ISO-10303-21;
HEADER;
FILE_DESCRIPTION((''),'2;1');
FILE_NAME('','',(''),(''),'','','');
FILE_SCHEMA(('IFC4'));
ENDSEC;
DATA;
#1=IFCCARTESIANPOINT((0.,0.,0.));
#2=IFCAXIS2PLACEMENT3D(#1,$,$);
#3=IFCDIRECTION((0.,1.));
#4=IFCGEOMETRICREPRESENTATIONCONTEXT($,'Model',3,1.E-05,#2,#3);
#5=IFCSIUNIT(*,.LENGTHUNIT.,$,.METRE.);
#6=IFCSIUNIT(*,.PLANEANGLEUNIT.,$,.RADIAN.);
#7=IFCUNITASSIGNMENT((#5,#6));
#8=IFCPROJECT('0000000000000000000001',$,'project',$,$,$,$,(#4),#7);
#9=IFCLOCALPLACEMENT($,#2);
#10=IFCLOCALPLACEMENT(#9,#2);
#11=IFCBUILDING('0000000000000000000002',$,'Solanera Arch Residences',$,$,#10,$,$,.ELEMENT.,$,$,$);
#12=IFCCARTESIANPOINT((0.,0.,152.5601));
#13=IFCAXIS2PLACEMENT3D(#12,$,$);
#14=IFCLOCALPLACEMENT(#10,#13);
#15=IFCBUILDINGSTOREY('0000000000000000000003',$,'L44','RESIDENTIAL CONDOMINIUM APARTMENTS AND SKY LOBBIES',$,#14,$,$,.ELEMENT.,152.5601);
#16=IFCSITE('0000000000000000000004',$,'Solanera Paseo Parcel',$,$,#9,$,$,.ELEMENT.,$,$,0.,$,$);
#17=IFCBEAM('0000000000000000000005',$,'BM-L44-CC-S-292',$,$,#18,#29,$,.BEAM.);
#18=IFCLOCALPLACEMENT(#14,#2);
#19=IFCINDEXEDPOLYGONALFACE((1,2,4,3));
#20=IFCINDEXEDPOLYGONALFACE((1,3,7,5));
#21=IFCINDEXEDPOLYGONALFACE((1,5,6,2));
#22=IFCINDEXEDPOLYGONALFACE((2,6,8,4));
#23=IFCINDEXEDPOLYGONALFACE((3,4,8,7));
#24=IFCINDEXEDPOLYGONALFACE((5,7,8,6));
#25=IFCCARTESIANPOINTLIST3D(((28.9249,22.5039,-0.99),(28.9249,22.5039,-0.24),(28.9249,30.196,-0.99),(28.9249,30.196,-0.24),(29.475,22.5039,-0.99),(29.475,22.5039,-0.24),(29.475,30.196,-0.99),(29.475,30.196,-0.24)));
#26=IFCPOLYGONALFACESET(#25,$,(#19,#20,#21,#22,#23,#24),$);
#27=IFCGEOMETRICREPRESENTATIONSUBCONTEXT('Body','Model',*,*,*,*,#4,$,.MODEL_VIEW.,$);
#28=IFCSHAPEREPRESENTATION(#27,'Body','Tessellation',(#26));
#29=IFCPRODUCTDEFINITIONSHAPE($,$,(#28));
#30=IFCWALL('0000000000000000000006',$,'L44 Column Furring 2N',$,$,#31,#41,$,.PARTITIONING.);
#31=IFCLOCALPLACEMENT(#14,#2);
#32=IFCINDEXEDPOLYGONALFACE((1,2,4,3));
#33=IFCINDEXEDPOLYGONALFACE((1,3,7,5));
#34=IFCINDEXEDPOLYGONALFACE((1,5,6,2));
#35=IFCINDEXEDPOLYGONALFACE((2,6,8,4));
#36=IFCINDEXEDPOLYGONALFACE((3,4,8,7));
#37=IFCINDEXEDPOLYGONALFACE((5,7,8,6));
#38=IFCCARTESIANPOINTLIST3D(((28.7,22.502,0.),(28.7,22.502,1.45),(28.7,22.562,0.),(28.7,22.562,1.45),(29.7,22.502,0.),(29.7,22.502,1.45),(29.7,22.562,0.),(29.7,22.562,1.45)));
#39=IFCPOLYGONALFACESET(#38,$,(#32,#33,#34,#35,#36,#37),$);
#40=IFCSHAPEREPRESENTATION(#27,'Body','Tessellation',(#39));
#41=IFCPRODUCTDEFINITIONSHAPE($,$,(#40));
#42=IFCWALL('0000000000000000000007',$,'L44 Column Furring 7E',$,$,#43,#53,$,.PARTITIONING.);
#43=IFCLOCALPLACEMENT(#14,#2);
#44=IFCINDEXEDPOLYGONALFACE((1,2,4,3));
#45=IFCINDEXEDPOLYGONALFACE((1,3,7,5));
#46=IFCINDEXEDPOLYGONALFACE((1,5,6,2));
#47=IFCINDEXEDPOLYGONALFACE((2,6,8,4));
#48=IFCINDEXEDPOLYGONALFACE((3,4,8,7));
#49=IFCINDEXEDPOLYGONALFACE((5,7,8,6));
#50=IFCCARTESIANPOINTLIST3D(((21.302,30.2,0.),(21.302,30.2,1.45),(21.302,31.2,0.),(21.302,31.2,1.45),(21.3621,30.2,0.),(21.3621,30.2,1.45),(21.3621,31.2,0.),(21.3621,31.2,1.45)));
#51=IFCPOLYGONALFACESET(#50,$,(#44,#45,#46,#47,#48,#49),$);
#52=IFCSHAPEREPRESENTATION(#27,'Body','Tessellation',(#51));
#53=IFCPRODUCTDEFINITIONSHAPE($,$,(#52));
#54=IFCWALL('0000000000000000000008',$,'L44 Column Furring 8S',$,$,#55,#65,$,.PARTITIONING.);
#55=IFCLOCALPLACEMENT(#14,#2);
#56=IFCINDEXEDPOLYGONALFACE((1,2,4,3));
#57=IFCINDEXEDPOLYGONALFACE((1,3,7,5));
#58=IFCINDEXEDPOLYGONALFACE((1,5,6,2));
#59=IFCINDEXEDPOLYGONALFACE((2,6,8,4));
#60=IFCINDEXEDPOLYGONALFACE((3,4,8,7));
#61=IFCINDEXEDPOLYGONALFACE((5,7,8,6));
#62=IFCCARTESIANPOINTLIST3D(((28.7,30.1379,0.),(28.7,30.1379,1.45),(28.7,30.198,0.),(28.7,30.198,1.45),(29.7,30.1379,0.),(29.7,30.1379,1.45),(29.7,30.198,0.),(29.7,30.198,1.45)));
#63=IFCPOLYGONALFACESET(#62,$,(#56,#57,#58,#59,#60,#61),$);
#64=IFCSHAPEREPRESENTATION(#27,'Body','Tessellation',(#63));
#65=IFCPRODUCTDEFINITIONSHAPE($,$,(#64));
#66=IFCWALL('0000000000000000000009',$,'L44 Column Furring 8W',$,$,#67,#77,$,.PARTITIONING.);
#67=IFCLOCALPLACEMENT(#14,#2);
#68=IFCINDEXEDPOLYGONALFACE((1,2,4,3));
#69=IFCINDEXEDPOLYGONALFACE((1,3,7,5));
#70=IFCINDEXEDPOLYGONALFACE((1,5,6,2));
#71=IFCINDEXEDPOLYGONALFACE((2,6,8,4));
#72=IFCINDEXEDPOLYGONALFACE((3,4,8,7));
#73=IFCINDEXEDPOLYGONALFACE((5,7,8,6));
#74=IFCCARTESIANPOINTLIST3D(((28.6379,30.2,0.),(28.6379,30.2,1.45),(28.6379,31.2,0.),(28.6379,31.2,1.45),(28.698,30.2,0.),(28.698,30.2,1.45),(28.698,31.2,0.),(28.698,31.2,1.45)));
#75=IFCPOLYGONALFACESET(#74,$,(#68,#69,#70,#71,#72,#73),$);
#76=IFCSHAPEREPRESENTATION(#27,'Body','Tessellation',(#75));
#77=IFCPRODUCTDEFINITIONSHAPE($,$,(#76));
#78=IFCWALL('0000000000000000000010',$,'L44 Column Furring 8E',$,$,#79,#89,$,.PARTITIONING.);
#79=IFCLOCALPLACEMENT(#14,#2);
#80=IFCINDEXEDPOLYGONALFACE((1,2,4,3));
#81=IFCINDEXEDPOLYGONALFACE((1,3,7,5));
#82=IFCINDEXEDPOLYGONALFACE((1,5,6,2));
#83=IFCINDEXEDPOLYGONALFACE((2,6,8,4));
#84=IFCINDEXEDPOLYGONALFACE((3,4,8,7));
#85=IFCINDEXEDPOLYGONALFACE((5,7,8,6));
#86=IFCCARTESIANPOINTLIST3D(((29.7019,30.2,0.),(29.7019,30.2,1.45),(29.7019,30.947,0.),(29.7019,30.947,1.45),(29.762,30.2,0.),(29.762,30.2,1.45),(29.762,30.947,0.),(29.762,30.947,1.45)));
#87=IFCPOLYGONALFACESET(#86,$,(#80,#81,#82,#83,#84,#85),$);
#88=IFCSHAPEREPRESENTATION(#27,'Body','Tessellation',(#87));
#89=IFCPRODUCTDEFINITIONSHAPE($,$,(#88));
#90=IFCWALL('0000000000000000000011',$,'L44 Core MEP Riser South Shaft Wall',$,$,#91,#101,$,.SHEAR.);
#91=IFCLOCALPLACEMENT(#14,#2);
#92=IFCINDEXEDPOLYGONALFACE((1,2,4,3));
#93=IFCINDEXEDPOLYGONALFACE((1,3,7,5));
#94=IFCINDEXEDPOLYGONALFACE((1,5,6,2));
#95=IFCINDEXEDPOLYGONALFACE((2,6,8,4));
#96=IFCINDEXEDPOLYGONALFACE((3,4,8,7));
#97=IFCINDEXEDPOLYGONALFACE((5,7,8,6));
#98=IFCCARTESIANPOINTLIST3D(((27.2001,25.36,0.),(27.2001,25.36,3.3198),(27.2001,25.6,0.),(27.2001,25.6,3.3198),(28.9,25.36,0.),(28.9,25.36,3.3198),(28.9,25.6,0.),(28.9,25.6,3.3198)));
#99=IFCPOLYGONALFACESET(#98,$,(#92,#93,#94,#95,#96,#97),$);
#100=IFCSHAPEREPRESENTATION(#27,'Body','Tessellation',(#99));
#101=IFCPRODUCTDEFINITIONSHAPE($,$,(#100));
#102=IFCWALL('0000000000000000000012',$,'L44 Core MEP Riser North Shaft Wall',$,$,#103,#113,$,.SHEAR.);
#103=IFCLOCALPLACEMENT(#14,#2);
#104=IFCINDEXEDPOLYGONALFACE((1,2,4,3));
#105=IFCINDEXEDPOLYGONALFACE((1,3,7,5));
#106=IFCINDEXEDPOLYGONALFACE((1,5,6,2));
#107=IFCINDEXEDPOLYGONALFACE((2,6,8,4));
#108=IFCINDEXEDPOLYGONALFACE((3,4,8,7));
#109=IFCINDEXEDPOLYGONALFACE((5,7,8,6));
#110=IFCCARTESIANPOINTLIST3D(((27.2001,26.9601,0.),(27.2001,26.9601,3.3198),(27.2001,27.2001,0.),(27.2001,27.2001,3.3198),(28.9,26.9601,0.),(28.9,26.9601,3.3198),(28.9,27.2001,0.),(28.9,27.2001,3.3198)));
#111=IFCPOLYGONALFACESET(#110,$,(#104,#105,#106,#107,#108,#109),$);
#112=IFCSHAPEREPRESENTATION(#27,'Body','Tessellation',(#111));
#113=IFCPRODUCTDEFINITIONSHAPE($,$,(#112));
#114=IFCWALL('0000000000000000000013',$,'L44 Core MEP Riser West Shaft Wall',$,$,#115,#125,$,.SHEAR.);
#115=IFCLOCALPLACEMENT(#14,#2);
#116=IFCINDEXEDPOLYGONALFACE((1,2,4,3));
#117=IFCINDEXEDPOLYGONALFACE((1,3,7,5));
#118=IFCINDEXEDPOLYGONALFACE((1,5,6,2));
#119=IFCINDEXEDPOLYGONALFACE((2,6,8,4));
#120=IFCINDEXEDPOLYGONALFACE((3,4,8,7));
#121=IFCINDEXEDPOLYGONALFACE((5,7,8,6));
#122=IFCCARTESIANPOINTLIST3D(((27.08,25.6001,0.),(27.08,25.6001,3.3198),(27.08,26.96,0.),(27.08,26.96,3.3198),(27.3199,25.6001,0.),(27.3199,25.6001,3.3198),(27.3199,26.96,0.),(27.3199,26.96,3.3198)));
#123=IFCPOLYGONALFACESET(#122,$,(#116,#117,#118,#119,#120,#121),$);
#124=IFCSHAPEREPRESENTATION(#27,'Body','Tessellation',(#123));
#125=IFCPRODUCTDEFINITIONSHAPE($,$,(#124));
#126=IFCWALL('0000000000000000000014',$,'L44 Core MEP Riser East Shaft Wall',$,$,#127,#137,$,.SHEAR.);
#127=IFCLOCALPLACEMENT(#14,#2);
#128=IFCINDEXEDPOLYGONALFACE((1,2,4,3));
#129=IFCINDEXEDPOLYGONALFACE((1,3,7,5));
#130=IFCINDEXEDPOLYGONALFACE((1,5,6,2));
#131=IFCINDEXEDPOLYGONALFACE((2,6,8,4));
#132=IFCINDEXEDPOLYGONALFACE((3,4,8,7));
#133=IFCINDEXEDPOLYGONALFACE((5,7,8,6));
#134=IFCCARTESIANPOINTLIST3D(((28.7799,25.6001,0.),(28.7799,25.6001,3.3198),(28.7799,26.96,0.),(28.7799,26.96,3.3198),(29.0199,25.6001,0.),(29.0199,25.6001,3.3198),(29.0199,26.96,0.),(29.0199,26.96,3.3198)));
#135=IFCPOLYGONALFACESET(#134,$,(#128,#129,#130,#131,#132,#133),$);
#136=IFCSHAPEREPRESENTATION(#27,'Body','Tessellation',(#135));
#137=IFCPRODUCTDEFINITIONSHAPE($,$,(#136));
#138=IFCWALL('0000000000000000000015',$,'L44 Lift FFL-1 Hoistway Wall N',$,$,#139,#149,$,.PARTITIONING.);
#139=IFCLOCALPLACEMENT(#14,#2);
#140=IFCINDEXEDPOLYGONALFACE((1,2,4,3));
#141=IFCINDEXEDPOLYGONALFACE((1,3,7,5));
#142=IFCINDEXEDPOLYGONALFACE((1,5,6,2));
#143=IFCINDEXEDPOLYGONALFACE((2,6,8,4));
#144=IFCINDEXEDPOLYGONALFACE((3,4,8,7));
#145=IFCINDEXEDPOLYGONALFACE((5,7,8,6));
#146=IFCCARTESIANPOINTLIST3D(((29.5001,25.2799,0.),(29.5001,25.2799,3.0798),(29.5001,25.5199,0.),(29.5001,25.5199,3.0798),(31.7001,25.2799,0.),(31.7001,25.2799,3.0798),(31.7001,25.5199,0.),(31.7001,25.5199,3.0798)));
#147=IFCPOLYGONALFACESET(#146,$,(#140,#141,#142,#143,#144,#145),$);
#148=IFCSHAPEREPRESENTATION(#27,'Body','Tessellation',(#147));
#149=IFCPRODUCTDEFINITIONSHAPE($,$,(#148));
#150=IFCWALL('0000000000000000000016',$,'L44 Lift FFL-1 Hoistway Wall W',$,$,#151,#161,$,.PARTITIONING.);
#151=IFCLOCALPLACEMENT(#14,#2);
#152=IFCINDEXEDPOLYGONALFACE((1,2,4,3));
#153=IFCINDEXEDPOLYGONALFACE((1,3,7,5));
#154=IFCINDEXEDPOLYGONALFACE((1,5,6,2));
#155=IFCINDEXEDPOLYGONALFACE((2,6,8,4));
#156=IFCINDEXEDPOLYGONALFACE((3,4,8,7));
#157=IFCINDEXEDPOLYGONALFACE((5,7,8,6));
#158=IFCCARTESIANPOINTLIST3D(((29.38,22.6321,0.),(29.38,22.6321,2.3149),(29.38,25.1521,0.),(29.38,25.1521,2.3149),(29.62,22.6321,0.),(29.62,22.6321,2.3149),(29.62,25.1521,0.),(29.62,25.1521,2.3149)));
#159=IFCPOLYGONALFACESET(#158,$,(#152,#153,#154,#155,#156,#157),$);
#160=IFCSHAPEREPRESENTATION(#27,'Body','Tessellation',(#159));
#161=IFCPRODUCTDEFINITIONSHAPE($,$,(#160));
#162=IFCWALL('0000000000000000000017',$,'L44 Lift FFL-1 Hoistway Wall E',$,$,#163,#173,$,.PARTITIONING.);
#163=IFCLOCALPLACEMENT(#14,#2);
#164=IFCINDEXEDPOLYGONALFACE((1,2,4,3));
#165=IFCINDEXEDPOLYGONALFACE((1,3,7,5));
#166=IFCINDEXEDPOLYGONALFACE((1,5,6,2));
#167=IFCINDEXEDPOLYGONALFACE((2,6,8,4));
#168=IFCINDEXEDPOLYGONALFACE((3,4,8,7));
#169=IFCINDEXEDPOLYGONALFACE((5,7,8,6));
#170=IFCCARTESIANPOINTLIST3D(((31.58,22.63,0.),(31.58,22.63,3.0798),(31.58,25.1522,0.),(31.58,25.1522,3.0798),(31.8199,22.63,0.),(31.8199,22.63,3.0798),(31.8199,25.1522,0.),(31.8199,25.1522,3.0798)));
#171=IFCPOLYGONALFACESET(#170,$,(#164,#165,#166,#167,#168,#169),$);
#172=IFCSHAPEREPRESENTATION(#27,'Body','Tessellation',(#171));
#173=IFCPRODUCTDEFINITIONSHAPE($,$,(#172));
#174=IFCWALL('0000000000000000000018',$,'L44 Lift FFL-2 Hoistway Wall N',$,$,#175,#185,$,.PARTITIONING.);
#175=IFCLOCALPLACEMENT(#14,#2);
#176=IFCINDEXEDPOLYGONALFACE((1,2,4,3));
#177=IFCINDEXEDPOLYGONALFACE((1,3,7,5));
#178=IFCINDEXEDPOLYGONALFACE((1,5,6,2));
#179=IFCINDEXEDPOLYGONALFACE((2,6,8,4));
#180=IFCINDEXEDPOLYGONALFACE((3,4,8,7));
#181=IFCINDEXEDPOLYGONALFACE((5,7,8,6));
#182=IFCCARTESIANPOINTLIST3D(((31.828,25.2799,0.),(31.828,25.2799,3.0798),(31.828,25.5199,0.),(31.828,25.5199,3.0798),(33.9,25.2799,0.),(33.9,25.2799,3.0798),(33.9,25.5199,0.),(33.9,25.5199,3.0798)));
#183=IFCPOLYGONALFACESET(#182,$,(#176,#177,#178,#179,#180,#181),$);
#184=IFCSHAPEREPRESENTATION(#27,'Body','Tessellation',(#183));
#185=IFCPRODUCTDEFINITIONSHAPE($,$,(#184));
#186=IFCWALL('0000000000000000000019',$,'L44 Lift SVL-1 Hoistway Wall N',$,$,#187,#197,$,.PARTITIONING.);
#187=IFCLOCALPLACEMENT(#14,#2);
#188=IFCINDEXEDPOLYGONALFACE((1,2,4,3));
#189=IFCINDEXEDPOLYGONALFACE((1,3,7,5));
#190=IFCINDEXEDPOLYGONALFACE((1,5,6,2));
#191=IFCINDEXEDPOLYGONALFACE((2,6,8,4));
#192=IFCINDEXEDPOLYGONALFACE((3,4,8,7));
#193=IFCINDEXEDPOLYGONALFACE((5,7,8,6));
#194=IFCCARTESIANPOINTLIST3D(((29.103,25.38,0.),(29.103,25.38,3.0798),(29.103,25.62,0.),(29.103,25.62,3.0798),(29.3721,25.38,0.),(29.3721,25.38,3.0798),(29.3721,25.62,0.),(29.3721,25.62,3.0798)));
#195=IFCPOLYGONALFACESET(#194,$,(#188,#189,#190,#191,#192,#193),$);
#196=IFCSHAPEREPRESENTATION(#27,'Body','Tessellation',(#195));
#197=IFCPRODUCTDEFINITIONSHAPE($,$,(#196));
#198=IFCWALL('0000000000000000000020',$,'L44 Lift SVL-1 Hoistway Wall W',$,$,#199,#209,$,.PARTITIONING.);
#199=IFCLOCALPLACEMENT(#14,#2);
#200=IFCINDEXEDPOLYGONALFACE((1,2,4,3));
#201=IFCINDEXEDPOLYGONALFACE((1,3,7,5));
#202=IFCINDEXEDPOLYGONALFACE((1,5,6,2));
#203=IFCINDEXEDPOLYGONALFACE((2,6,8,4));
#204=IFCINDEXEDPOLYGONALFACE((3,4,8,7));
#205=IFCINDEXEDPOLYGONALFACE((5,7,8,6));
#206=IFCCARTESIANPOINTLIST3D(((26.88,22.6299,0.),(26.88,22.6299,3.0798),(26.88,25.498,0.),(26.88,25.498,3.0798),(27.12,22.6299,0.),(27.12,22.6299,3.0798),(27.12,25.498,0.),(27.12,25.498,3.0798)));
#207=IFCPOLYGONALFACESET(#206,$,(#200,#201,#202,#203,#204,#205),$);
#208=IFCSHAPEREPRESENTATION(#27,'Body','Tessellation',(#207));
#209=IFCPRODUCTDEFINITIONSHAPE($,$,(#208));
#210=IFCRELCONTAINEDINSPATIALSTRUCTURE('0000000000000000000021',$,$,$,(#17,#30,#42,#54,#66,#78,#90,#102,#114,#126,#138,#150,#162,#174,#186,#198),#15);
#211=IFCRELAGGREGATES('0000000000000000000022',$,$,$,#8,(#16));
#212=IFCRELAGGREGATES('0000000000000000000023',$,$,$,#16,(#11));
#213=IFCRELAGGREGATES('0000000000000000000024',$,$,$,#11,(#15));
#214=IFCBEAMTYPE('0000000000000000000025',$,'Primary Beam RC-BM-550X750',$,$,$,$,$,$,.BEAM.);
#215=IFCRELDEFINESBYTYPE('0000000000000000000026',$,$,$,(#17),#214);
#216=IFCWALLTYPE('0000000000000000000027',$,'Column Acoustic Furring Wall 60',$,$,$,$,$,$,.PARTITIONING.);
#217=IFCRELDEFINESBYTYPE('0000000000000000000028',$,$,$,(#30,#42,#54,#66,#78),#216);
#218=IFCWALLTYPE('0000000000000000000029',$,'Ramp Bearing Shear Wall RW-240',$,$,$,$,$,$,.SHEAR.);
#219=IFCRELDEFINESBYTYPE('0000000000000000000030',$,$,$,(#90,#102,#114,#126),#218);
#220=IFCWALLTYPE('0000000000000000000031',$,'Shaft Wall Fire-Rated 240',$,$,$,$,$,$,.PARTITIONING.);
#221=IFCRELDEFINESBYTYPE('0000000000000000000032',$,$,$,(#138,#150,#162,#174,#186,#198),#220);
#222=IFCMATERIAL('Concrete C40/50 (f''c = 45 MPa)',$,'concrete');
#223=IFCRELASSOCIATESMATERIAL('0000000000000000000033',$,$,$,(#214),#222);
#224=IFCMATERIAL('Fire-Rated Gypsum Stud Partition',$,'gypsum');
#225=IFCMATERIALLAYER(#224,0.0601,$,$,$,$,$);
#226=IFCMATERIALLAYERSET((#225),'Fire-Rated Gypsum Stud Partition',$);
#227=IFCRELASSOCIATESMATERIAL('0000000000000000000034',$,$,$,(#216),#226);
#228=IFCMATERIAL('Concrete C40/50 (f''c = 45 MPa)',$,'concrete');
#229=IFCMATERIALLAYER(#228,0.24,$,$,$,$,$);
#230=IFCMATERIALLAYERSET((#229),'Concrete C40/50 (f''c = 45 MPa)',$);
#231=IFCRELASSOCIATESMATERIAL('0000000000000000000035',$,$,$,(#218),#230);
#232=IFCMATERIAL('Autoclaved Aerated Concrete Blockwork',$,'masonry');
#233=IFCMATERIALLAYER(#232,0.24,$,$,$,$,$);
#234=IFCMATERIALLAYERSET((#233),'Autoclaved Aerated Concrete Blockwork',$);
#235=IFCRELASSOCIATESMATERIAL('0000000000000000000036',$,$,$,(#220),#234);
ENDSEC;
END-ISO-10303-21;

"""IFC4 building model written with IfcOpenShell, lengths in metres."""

from ifc_helpers import new_model, si_unit, direction, frame, frame_2d, origin, origin_2d, place, context, subcontext, project, spatial, rectangle, extrude, material, layer, layer_set, material_profile, profile_set, type_object, element, save


model = new_model("IFC4")

# Units and contexts
model_context = context("Model", 3, precision=1e-05, world=origin(), true_north=direction((0.0, 1.0)))
body_context = subcontext(model_context, "Body", "Model", "MODEL_VIEW")
ifc_project = project(units=[si_unit("LENGTHUNIT", "METRE"), si_unit("PLANEANGLEUNIT", "RADIAN")], contexts=[model_context])

# Site, building, storey
site_placement = place(None, origin())
site = spatial("IfcSite", under=ifc_project, at=site_placement, Name="Solanera Paseo Parcel", CompositionType="ELEMENT", RefElevation=0.0)
building_placement = place(site_placement, origin())
building = spatial("IfcBuilding", under=site, at=building_placement, Name="Solanera Arch Residences", CompositionType="ELEMENT")
storey_placement = place(building_placement, frame((0.0, 0.0, 152.5601)))
storey = spatial("IfcBuildingStorey", under=building, at=storey_placement, Name="L44", Description="RESIDENTIAL CONDOMINIUM APARTMENTS AND SKY LOBBIES", CompositionType="ELEMENT", Elevation=152.5601)

# Beam
ifc_material_1 = material(Name="Concrete C40/50 (f'c = 45 MPa)", Category="concrete")
ifc_material_profile = material_profile(ifc_material_1, rectangle(XDim=0.55, YDim=0.75, at=origin_2d()))
ifc_profile_set = profile_set([ifc_material_profile], Name="Concrete C40/50 (f'c = 45 MPa)")
beam_type = type_object("IfcBeamType", Name="Primary Beam RC-BM-550X750", PredefinedType="BEAM", material=ifc_profile_set)
beam_placement = place(storey_placement, frame((29.2, 22.5039, -0.615), z_axis=(0.0, 1.0, 0.0), x_axis=(-1.0, 0.0, 0.0)))
element("IfcBeam", 1, at=beam_placement, inside=storey, type_object=beam_type, Name="BM-L44-CC-S-292", PredefinedType="BEAM", context=body_context, shape_type="SweptSolid", body=[
    extrude(rectangle(XDim=0.55, YDim=0.75, at=origin_2d()), origin(), (0.0, 0.0, 1.0), 7.6921),
])

# Walls
ifc_material_2 = material(Name="Fire-Rated Gypsum Stud Partition", Category="gypsum")
ifc_layer_1 = layer(ifc_material_2, 0.0601)
ifc_layer_set_1 = layer_set([ifc_layer_1], Name="Fire-Rated Gypsum Stud Partition")
wall_type_1 = type_object("IfcWallType", Name="Column Acoustic Furring Wall 60", PredefinedType="PARTITIONING", material=ifc_layer_set_1)
for number, where, z_axis, x_axis, name in (
    (2, (28.7, 22.532, 0.0), (0.0, 0.0, 1.0), (1.0, 0.0, 0.0), "L44 Column Furring 2N"),
    (3, (21.332, 30.2, 0.0), (0.0, 0.0, 1.0), (0.0, 1.0, 0.0), "L44 Column Furring 7E"),
    (4, (28.7, 30.168, 0.0), (0.0, 0.0, 1.0), (1.0, 0.0, 0.0), "L44 Column Furring 8S"),
    (5, (28.668, 30.2, 0.0), (0.0, 0.0, 1.0), (0.0, 1.0, 0.0), "L44 Column Furring 8W"),
):
    element("IfcWall", number, at=place(storey_placement, frame(where, z_axis=z_axis, x_axis=x_axis)), inside=storey, type_object=wall_type_1, Name=name, PredefinedType="PARTITIONING", context=body_context, shape_type="SweptSolid", body=[
        extrude(rectangle(XDim=1.0, YDim=0.0601, at=frame_2d((0.5, 0.0))), origin(), (0.0, 0.0, 1.0), 1.45),
    ])
wall_1_placement = place(storey_placement, frame((29.7319, 30.2, 0.0), z_axis=(0.0, 0.0, 1.0), x_axis=(0.0, 1.0, 0.0)))
element("IfcWall", 6, at=wall_1_placement, inside=storey, type_object=wall_type_1, Name="L44 Column Furring 8E", PredefinedType="PARTITIONING", context=body_context, shape_type="SweptSolid", body=[
    extrude(rectangle(XDim=0.7471, YDim=0.0601, at=frame_2d((0.3735, 0.0))), origin(), (0.0, 0.0, 1.0), 1.45),
])
ifc_material_3 = material(Name="Concrete C40/50 (f'c = 45 MPa)", Category="concrete")
ifc_layer_2 = layer(ifc_material_3, 0.24)
ifc_layer_set_2 = layer_set([ifc_layer_2], Name="Concrete C40/50 (f'c = 45 MPa)")
wall_type_2 = type_object("IfcWallType", Name="Ramp Bearing Shear Wall RW-240", PredefinedType="SHEAR", material=ifc_layer_set_2)
for number, where, z_axis, x_axis, name in (
    (7, (27.2, 25.48, 0.0), (0.0, 0.0, 1.0), (1.0, 0.0, 0.0), "L44 Core MEP Riser South Shaft Wall"),
    (8, (27.2, 27.0801, 0.0), (0.0, 0.0, 1.0), (1.0, 0.0, 0.0), "L44 Core MEP Riser North Shaft Wall"),
):
    element("IfcWall", number, at=place(storey_placement, frame(where, z_axis=z_axis, x_axis=x_axis)), inside=storey, type_object=wall_type_2, Name=name, PredefinedType="SHEAR", context=body_context, shape_type="SweptSolid", body=[
        extrude(rectangle(XDim=1.7, YDim=0.24, at=frame_2d((0.8501, 0.0))), origin(), (0.0, 0.0, 1.0), 3.3198),
    ])
for number, where, z_axis, x_axis, name in (
    (9, (27.2, 25.6001, 0.0), (0.0, 0.0, 1.0), (0.0, 1.0, 0.0), "L44 Core MEP Riser West Shaft Wall"),
    (10, (28.8999, 25.6001, 0.0), (0.0, 0.0, 1.0), (0.0, 1.0, 0.0), "L44 Core MEP Riser East Shaft Wall"),
):
    element("IfcWall", number, at=place(storey_placement, frame(where, z_axis=z_axis, x_axis=x_axis)), inside=storey, type_object=wall_type_2, Name=name, PredefinedType="SHEAR", context=body_context, shape_type="SweptSolid", body=[
        extrude(rectangle(XDim=1.3599, YDim=0.24, at=frame_2d((0.6799, 0.0))), origin(), (0.0, 0.0, 1.0), 3.3198),
    ])
ifc_material_4 = material(Name="Autoclaved Aerated Concrete Blockwork", Category="masonry")
ifc_layer_3 = layer(ifc_material_4, 0.24)
ifc_layer_set_3 = layer_set([ifc_layer_3], Name="Autoclaved Aerated Concrete Blockwork")
wall_type_3 = type_object("IfcWallType", Name="Shaft Wall Fire-Rated 240", PredefinedType="PARTITIONING", material=ifc_layer_set_3)
wall_2_placement = place(storey_placement, frame((29.5, 25.3999, 0.0), z_axis=(0.0, 0.0, 1.0), x_axis=(1.0, 0.0, 0.0)))
element("IfcWall", 11, at=wall_2_placement, inside=storey, type_object=wall_type_3, Name="L44 Lift FFL-1 Hoistway Wall N", PredefinedType="PARTITIONING", context=body_context, shape_type="SweptSolid", body=[
    extrude(rectangle(XDim=2.2, YDim=0.24, at=frame_2d((1.1001, 0.0))), origin(), (0.0, 0.0, 1.0), 3.0798),
])
wall_3_placement = place(storey_placement, frame((29.5, 22.6321, 0.0), z_axis=(0.0, 0.0, 1.0), x_axis=(0.0, 1.0, 0.0)))
element("IfcWall", 12, at=wall_3_placement, inside=storey, type_object=wall_type_3, Name="L44 Lift FFL-1 Hoistway Wall W", PredefinedType="PARTITIONING", context=body_context, shape_type="SweptSolid", body=[
    extrude(rectangle(XDim=2.52, YDim=0.24, at=frame_2d((1.26, 0.0))), origin(), (0.0, 0.0, 1.0), 2.3149),
])
wall_4_placement = place(storey_placement, frame((31.7, 22.6299, 0.0), z_axis=(0.0, 0.0, 1.0), x_axis=(0.0, 1.0, 0.0)))
element("IfcWall", 13, at=wall_4_placement, inside=storey, type_object=wall_type_3, Name="L44 Lift FFL-1 Hoistway Wall E", PredefinedType="PARTITIONING", context=body_context, shape_type="SweptSolid", body=[
    extrude(rectangle(XDim=2.5222, YDim=0.24, at=frame_2d((1.2612, 0.0))), origin(), (0.0, 0.0, 1.0), 3.0798),
])
wall_5_placement = place(storey_placement, frame((31.8279, 25.3999, 0.0), z_axis=(0.0, 0.0, 1.0), x_axis=(1.0, 0.0, 0.0)))
element("IfcWall", 14, at=wall_5_placement, inside=storey, type_object=wall_type_3, Name="L44 Lift FFL-2 Hoistway Wall N", PredefinedType="PARTITIONING", context=body_context, shape_type="SweptSolid", body=[
    extrude(rectangle(XDim=2.072, YDim=0.24, at=frame_2d((1.0361, 0.0))), origin(), (0.0, 0.0, 1.0), 3.0798),
])
wall_6_placement = place(storey_placement, frame((29.103, 25.5, 0.0), z_axis=(0.0, 0.0, 1.0), x_axis=(1.0, 0.0, 0.0)))
element("IfcWall", 15, at=wall_6_placement, inside=storey, type_object=wall_type_3, Name="L44 Lift SVL-1 Hoistway Wall N", PredefinedType="PARTITIONING", context=body_context, shape_type="SweptSolid", body=[
    extrude(rectangle(XDim=0.269, YDim=0.24, at=frame_2d((0.1345, 0.0))), origin(), (0.0, 0.0, 1.0), 3.0798),
])
wall_7_placement = place(storey_placement, frame((27.0, 22.6299, 0.0), z_axis=(0.0, 0.0, 1.0), x_axis=(0.0, 1.0, 0.0)))
element("IfcWall", 16, at=wall_7_placement, inside=storey, type_object=wall_type_3, Name="L44 Lift SVL-1 Hoistway Wall W", PredefinedType="PARTITIONING", context=body_context, shape_type="SweptSolid", body=[
    extrude(rectangle(XDim=2.8682, YDim=0.24, at=frame_2d((1.4341, 0.0))), origin(), (0.0, 0.0, 1.0), 3.0798),
])

save(model, "model.ifc")
